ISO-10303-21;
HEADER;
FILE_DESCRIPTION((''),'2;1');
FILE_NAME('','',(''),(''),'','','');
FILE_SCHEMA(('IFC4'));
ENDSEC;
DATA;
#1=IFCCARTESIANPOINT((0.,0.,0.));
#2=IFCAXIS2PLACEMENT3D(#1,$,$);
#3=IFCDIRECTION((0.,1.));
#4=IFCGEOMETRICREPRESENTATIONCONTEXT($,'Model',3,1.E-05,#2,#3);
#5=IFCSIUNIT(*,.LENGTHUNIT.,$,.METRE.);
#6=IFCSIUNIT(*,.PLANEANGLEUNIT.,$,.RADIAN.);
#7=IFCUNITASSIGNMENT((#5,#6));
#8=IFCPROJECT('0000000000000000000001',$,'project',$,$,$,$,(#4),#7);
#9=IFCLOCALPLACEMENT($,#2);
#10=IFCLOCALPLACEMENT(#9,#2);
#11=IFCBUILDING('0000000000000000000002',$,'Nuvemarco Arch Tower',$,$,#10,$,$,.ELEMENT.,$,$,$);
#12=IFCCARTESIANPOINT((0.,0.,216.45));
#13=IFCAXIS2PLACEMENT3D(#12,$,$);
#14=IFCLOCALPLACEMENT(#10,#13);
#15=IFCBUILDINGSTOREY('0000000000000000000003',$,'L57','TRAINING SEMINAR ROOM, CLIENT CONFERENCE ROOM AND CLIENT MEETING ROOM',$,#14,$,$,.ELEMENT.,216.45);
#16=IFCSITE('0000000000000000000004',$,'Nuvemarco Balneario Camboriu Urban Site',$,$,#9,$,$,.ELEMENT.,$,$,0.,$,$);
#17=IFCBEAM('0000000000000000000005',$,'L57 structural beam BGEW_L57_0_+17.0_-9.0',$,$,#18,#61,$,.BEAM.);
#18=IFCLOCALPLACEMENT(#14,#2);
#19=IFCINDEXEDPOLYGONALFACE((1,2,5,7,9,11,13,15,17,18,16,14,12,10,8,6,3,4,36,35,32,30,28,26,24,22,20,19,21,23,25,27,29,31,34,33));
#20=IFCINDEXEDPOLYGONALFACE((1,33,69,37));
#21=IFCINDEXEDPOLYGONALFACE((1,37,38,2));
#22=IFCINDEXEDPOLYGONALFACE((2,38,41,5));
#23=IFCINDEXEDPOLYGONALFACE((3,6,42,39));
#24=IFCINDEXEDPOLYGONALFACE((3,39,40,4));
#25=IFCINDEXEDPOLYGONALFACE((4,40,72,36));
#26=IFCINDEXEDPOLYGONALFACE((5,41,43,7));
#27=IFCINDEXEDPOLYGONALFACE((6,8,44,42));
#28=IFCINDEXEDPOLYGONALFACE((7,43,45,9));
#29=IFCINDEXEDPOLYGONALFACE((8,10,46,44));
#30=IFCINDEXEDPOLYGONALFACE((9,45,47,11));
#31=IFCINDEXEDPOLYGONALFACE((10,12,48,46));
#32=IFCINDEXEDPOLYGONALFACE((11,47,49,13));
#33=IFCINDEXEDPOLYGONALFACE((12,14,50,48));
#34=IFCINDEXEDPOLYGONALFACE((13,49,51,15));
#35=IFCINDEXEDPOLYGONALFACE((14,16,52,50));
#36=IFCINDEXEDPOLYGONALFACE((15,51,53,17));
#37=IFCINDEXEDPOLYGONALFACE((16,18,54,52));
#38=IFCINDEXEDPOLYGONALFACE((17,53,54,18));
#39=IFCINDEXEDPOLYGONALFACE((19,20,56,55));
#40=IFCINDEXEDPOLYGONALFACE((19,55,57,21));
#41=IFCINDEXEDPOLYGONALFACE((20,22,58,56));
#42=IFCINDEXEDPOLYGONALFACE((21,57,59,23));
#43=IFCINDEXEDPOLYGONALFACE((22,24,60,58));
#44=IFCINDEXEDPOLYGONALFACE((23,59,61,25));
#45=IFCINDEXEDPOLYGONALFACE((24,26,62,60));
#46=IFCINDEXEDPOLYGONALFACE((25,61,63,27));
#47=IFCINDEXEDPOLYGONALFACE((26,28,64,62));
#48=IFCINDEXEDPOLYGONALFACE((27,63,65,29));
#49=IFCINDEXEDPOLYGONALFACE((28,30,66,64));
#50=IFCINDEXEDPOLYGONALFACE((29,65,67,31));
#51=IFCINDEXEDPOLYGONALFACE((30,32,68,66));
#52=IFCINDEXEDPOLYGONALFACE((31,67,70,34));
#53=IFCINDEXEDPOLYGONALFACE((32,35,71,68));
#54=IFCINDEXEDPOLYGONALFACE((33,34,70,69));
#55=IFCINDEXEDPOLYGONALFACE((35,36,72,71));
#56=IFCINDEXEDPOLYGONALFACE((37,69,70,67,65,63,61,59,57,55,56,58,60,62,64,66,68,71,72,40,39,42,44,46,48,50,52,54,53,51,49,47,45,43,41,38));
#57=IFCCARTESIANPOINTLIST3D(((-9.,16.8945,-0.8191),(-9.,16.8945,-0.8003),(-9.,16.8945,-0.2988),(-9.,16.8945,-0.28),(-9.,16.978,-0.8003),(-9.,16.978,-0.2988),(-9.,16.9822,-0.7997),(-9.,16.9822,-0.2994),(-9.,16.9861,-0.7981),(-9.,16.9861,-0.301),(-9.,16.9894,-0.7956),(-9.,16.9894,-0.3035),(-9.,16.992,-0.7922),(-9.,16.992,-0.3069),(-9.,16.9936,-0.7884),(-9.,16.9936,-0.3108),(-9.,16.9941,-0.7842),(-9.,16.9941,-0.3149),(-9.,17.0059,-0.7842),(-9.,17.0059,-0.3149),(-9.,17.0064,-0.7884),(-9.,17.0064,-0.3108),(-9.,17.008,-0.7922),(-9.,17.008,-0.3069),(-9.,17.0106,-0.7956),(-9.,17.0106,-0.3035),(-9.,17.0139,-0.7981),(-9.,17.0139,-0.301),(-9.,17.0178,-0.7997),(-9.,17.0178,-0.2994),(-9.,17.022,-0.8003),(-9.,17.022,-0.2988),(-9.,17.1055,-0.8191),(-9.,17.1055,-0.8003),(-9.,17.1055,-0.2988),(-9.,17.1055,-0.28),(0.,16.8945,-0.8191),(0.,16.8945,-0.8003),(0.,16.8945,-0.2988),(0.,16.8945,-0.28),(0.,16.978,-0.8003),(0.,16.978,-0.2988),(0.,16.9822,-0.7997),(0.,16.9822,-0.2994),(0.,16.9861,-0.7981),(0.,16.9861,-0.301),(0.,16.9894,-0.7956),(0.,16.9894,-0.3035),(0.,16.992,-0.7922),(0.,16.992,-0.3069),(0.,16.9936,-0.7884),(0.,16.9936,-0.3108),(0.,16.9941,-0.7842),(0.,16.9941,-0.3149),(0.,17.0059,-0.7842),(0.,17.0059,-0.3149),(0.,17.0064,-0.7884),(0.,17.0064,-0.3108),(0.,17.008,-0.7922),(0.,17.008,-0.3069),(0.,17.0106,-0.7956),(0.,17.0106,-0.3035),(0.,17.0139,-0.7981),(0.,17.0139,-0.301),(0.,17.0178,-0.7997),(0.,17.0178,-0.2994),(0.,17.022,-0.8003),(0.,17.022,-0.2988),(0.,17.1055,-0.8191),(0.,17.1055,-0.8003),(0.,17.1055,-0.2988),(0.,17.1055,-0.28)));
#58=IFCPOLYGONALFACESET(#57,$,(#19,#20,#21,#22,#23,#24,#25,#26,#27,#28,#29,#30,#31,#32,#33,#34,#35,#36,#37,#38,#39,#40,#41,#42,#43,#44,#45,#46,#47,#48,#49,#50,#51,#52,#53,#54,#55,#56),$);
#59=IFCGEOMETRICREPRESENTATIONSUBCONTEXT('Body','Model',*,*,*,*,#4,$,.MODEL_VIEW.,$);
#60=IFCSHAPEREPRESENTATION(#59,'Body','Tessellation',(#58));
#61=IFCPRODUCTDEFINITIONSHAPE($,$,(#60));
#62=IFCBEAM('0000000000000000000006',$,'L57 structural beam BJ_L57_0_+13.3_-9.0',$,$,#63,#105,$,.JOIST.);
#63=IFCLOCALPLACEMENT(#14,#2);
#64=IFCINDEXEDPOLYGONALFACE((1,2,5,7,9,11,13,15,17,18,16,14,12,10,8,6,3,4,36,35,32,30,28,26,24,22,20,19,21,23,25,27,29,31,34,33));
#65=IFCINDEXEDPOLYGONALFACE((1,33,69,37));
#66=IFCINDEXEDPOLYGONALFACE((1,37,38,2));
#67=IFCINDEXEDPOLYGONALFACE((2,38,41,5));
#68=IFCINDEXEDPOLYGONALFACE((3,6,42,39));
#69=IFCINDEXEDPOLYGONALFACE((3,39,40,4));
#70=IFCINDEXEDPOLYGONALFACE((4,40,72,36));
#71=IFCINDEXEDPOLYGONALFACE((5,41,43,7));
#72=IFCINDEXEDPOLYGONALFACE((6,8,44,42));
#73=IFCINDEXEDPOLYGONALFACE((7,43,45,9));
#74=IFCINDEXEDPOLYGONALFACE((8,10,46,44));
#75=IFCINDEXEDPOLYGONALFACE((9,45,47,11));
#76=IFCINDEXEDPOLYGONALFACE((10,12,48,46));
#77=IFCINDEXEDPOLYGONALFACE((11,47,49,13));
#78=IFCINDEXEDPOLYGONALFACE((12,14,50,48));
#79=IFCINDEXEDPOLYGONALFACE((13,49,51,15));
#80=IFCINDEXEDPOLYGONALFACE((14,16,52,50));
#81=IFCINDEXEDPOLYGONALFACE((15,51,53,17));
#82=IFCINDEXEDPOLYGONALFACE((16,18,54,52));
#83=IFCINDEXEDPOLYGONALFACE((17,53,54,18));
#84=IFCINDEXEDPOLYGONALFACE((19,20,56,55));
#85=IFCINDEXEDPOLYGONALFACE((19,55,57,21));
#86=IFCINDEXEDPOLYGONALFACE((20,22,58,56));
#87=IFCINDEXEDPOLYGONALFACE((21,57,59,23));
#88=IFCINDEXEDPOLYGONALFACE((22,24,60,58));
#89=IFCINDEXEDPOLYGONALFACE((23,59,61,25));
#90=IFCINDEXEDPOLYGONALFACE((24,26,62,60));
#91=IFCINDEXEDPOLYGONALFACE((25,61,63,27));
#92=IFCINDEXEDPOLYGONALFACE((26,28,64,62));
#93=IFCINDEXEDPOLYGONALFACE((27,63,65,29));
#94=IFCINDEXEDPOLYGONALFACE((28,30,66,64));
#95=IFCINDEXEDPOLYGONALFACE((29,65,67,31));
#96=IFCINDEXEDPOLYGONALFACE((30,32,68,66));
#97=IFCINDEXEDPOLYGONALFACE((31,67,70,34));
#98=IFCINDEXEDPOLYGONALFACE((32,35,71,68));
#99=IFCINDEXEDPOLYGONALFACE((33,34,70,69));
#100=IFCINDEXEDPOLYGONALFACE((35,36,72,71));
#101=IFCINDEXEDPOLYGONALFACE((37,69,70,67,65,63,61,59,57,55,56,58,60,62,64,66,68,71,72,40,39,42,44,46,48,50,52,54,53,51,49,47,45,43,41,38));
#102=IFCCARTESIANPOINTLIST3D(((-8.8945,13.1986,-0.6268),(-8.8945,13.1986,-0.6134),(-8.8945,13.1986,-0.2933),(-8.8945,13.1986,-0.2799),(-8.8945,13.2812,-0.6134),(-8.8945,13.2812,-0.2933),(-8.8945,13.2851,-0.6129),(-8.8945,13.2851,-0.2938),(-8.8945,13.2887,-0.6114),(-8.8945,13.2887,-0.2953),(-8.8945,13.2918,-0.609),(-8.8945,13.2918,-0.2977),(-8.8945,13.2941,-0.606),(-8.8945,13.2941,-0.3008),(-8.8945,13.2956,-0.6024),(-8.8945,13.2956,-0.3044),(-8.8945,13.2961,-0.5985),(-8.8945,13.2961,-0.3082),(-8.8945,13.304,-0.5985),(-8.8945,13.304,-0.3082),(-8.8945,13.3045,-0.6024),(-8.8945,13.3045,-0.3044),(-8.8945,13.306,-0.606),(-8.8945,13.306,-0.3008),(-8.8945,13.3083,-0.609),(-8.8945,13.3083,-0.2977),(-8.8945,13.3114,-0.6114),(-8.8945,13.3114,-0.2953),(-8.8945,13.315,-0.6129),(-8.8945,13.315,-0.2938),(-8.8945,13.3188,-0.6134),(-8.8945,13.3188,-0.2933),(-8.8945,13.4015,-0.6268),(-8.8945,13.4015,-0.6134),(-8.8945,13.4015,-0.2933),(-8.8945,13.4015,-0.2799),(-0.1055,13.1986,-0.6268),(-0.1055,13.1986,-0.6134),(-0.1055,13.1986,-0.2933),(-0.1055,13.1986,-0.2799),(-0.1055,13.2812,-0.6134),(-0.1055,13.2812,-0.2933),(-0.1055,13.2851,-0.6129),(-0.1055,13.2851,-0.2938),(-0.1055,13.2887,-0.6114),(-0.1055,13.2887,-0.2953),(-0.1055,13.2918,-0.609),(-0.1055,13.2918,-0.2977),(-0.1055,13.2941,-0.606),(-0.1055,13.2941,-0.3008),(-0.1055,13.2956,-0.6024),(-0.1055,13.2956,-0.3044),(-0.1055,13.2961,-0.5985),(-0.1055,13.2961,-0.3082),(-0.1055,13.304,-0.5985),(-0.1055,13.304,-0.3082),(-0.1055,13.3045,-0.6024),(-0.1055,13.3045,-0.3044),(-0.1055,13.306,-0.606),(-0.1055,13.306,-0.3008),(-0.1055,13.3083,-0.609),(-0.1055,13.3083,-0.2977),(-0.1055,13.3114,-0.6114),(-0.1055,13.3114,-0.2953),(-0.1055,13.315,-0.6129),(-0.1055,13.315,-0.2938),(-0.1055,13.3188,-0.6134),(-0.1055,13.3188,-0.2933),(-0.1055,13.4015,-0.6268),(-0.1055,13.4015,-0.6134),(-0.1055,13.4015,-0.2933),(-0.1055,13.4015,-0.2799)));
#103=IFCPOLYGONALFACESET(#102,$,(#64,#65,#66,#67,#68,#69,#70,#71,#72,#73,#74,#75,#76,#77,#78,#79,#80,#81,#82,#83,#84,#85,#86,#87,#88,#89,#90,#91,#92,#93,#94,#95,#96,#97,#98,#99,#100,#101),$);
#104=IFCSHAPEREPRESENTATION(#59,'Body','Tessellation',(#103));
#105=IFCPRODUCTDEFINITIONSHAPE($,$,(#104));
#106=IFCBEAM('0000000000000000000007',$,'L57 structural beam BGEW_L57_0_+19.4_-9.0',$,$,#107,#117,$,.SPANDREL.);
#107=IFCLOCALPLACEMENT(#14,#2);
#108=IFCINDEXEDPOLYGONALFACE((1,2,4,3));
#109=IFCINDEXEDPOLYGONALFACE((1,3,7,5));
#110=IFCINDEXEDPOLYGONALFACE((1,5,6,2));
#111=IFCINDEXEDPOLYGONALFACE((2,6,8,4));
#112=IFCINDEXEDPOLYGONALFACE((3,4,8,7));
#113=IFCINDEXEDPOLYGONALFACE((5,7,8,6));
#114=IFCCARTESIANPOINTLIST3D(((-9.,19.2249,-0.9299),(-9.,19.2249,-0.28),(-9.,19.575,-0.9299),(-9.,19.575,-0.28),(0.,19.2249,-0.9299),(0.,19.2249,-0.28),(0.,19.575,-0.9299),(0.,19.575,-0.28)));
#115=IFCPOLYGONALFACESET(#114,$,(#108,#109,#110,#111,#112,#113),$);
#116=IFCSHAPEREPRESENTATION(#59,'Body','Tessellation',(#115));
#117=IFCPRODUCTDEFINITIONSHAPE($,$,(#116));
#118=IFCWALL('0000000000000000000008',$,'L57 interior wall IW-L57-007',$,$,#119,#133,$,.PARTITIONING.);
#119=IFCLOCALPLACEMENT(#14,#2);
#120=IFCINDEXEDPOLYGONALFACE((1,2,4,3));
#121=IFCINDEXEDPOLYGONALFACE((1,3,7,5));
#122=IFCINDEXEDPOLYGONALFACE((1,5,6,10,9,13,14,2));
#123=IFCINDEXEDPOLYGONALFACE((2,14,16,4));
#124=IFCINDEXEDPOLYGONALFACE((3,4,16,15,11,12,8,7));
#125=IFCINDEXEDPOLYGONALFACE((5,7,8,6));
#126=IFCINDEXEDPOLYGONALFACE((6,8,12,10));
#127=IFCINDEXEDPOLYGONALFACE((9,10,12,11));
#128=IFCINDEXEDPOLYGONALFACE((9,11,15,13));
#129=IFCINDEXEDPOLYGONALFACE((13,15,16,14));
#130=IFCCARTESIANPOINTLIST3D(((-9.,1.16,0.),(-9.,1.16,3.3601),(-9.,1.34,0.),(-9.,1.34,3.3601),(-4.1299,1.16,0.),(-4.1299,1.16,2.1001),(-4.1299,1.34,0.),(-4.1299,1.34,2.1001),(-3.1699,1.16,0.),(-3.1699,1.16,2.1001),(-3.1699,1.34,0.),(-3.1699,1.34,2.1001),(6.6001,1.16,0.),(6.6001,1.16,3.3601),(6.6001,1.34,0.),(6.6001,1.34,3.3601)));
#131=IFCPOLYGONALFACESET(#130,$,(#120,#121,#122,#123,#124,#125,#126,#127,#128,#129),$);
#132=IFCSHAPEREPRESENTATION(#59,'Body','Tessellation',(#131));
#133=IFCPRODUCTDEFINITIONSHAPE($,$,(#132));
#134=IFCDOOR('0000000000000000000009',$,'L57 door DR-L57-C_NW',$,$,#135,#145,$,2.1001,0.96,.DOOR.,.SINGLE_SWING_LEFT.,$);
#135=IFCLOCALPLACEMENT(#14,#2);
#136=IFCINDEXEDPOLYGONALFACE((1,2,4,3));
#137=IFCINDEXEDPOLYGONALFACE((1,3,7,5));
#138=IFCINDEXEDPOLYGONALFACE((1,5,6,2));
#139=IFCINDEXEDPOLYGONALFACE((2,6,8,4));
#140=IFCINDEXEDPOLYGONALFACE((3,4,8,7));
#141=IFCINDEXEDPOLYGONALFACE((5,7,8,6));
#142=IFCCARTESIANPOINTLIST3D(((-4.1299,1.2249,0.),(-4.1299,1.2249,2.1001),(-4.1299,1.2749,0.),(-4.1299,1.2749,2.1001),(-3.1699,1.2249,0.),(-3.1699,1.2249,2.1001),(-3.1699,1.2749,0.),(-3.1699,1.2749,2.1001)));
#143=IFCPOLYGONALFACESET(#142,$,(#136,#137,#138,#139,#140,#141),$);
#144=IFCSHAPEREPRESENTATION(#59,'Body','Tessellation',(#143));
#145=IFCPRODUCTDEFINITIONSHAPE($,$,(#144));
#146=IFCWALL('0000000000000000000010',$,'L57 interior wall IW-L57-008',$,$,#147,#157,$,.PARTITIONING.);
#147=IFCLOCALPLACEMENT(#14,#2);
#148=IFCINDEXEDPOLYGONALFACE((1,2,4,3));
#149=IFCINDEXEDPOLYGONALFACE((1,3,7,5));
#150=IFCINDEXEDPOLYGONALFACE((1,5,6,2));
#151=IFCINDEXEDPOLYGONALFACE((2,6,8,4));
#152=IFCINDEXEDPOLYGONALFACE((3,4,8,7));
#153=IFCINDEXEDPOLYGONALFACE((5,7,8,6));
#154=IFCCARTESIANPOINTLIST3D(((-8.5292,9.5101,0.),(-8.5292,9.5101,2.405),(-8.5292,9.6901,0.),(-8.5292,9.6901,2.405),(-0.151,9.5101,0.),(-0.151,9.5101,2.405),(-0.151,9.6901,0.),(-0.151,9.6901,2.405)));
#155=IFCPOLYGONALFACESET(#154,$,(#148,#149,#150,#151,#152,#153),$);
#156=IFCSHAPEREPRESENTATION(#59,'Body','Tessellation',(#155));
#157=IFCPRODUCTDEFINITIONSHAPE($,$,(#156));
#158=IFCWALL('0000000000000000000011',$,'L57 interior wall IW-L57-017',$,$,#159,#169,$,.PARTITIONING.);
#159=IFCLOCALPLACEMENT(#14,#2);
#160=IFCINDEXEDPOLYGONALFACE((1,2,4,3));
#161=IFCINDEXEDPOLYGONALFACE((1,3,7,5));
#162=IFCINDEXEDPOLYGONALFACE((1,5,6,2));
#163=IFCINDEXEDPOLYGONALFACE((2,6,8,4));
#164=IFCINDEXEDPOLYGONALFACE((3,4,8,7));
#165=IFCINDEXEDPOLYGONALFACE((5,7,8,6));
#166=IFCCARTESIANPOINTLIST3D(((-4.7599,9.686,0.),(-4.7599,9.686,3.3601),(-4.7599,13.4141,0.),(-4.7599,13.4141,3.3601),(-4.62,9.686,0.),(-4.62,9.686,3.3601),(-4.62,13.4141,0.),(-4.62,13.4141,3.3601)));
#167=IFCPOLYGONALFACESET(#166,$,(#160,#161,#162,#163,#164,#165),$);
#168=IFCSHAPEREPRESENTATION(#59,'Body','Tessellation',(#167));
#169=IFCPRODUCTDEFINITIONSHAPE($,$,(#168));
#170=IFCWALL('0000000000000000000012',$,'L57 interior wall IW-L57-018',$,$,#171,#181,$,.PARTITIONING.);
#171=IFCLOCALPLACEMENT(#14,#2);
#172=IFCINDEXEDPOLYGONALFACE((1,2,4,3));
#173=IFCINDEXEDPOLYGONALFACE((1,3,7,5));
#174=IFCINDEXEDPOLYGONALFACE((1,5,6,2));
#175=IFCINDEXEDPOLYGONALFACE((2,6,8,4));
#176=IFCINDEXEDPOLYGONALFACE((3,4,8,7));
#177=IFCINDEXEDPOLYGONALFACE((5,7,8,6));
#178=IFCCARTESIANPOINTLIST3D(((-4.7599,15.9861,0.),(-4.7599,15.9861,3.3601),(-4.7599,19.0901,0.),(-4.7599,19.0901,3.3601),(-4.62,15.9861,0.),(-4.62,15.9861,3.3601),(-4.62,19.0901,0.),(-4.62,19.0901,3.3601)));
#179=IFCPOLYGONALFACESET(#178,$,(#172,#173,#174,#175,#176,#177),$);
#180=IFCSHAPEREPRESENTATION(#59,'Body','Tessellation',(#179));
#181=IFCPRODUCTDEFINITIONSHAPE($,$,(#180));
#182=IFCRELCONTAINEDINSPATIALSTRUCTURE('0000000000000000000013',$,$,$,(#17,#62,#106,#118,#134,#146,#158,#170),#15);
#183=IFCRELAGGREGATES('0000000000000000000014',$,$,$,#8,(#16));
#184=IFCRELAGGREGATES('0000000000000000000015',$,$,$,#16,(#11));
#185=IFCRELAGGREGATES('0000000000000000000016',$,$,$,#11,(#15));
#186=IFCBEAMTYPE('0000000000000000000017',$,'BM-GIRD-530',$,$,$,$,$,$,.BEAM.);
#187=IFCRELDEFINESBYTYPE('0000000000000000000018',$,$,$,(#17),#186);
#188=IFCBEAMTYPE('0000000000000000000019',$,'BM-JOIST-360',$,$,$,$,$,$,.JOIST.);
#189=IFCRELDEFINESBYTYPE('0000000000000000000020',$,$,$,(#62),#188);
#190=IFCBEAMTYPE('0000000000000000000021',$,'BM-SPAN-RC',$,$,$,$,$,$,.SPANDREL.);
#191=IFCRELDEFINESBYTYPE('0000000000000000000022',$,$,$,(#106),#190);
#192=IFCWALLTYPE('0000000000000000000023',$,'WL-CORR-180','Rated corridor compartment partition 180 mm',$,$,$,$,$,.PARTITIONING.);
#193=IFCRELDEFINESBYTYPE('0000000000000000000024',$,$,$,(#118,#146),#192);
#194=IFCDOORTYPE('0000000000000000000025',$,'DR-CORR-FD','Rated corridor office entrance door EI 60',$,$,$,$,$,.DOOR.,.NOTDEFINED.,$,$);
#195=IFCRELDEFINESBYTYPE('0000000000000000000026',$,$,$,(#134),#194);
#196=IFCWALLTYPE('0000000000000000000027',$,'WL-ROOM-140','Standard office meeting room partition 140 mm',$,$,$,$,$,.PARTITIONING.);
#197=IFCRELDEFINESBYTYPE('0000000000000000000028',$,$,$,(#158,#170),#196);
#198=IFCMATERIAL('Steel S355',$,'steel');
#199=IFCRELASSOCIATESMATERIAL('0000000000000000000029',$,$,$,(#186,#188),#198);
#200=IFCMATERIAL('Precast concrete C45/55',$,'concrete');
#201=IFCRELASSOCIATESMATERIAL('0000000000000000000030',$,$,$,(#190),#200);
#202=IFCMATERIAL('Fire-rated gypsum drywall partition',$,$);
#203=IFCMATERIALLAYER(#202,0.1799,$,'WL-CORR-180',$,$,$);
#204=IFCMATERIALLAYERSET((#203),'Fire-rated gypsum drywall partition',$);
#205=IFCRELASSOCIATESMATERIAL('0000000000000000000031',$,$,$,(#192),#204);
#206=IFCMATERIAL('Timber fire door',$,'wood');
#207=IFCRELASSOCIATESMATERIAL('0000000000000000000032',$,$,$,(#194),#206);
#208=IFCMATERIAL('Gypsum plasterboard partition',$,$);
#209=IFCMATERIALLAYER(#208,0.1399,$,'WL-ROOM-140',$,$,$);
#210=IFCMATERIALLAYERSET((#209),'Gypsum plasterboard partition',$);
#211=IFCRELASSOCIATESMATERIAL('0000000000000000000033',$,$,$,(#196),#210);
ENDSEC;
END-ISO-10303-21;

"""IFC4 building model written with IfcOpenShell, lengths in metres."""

from ifc_helpers import new_model, si_unit, direction, frame, frame_2d, origin, origin_2d, place, context, subcontext, project, spatial, rectangle, i_section, extrude, source, transform, mapped, material, layer, layer_set, material_profile, profile_set, type_object, type_shapes, element, fill, save


model = new_model("IFC4")

# Units and contexts
model_context = context("Model", 3, precision=1e-05, world=origin(), true_north=direction((0.0, 1.0)))
body_context = subcontext(model_context, "Body", "Model", "MODEL_VIEW")
ifc_project = project(units=[si_unit("LENGTHUNIT", "METRE"), si_unit("PLANEANGLEUNIT", "RADIAN")], contexts=[model_context])

# Site, building, storey
site_placement = place(None, origin())
site = spatial("IfcSite", under=ifc_project, at=site_placement, Name="Nuvemarco Balneario Camboriu Urban Site", CompositionType="ELEMENT", RefElevation=0.0)
building_placement = place(site_placement, origin())
building = spatial("IfcBuilding", under=site, at=building_placement, Name="Nuvemarco Arch Tower", CompositionType="ELEMENT")
storey_placement = place(building_placement, frame((0.0, 0.0, 216.45)))
storey = spatial("IfcBuildingStorey", under=building, at=storey_placement, Name="L57", Description="TRAINING SEMINAR ROOM, CLIENT CONFERENCE ROOM AND CLIENT MEETING ROOM", CompositionType="ELEMENT", Elevation=216.45)

# Shared definitions
ifc_material_1 = material(Name="Steel S355", Category="steel")

# Beams
ifc_material_profile_1 = material_profile(ifc_material_1, i_section(OverallWidth=0.2109, OverallDepth=0.5391, WebThickness=0.0117, FlangeThickness=0.0188, FilletRadius=0.0161, at=origin_2d()), Name="W530x109")
ifc_profile_set_1 = profile_set([ifc_material_profile_1], Name="Steel S355")
beam_type_1 = type_object("IfcBeamType", Name="BM-GIRD-530", PredefinedType="BEAM", material=ifc_profile_set_1)
beam_1_placement = place(storey_placement, frame((-9.0, 17.0, -0.5496), z_axis=(1.0, 0.0, 0.0), x_axis=(0.0, 1.0, 0.0)))
element("IfcBeam", 1, at=beam_1_placement, inside=storey, type_object=beam_type_1, Name="L57 structural beam BGEW_L57_0_+17.0_-9.0", PredefinedType="BEAM", context=body_context, shape_type="SweptSolid", body=[
    extrude(i_section(OverallWidth=0.2109, OverallDepth=0.5391, WebThickness=0.0117, FlangeThickness=0.0188, FilletRadius=0.0161, at=origin_2d()), origin(), (0.0, 0.0, 1.0), 9.0),
])
ifc_material_profile_2 = material_profile(ifc_material_1, i_section(OverallWidth=0.2029, OverallDepth=0.3469, WebThickness=0.0078, FlangeThickness=0.0134, FilletRadius=0.0149, at=origin_2d()), Name="W360x64")
ifc_profile_set_2 = profile_set([ifc_material_profile_2], Name="Steel S355")
beam_type_2 = type_object("IfcBeamType", Name="BM-JOIST-360", PredefinedType="JOIST", material=ifc_profile_set_2)
beam_2_placement = place(storey_placement, frame((-8.8945, 13.3, -0.4534), z_axis=(1.0, 0.0, 0.0), x_axis=(0.0, 1.0, 0.0)))
element("IfcBeam", 2, at=beam_2_placement, inside=storey, type_object=beam_type_2, Name="L57 structural beam BJ_L57_0_+13.3_-9.0", PredefinedType="JOIST", context=body_context, shape_type="SweptSolid", body=[
    extrude(i_section(OverallWidth=0.2029, OverallDepth=0.3469, WebThickness=0.0078, FlangeThickness=0.0134, FilletRadius=0.0149, at=origin_2d()), origin(), (0.0, 0.0, 1.0), 8.7891),
])
ifc_material_2 = material(Name="Precast concrete C45/55", Category="concrete")
ifc_material_profile_3 = material_profile(ifc_material_2, rectangle(XDim=0.3501, YDim=0.6499, at=origin_2d()), Name="PC-SP-350x650")
ifc_profile_set_3 = profile_set([ifc_material_profile_3], Name="Precast concrete C45/55")
beam_type_3 = type_object("IfcBeamType", Name="BM-SPAN-RC", PredefinedType="SPANDREL", material=ifc_profile_set_3)
beam_3_placement = place(storey_placement, frame((-9.0, 19.3999, -0.605), z_axis=(1.0, 0.0, 0.0), x_axis=(0.0, 1.0, 0.0)))
element("IfcBeam", 3, at=beam_3_placement, inside=storey, type_object=beam_type_3, Name="L57 structural beam BGEW_L57_0_+19.4_-9.0", PredefinedType="SPANDREL", context=body_context, shape_type="SweptSolid", body=[
    extrude(rectangle(XDim=0.3501, YDim=0.6499, at=origin_2d()), origin(), (0.0, 0.0, 1.0), 9.0),
])

# Wall, opening, door
ifc_material_3 = material(Name="Fire-rated gypsum drywall partition")
ifc_layer_1 = layer(ifc_material_3, 0.1799, Name="WL-CORR-180")
ifc_layer_set_1 = layer_set([ifc_layer_1], Name="Fire-rated gypsum drywall partition")
wall_type_1 = type_object("IfcWallType", Name="WL-CORR-180", Description="Rated corridor compartment partition 180 mm", PredefinedType="PARTITIONING", material=ifc_layer_set_1)
wall_1_placement = place(storey_placement, frame((-9.0, 1.25, 0.0), z_axis=(0.0, 0.0, 1.0), x_axis=(1.0, 0.0, 0.0)))
wall_1 = element("IfcWall", 4, at=wall_1_placement, inside=storey, type_object=wall_type_1, Name="L57 interior wall IW-L57-007", PredefinedType="PARTITIONING", context=body_context, shape_type="SweptSolid", body=[
    extrude(rectangle(XDim=15.6001, YDim=0.1799, at=frame_2d((7.8, 0.0))), origin(), (0.0, 0.0, 1.0), 3.3601),
])
opening_1_placement = place(wall_1_placement, frame((4.8701, 0.0, 0.0)))
opening_1 = element("IfcOpeningElement", 5, at=opening_1_placement, cuts=wall_1, PredefinedType="OPENING", context=body_context, shape_type="SweptSolid", body=[
    extrude(rectangle(XDim=0.96, YDim=2.1001, at=frame_2d((0.48, 1.05))), frame((0.0, 0.0999, 0.0), z_axis=(0.0, -1.0, 0.0), x_axis=(1.0, 0.0, 0.0)), (0.0, 0.0, 1.0), 0.2),
])
ifc_material_4 = material(Name="Timber fire door", Category="wood")
door_type_1 = type_object("IfcDoorType", Name="DR-CORR-FD", Description="Rated corridor office entrance door EI 60", OperationType="NOTDEFINED", PredefinedType="DOOR", material=ifc_material_4)
shared_shape_1 = source(origin(), body_context, "Body", "SweptSolid", [
    extrude(rectangle(XDim=0.96, YDim=2.1001, at=frame_2d((0.48, 1.05))), frame((0.0, 0.0249, 0.0), z_axis=(0.0, -1.0, 0.0), x_axis=(1.0, 0.0, 0.0)), (0.0, 0.0, 1.0), 0.05),
])
type_shapes(door_type_1, [shared_shape_1])
door_1_placement = place(opening_1_placement, origin())
door_1 = element("IfcDoor", 6, at=door_1_placement, inside=storey, type_object=door_type_1, Name="L57 door DR-L57-C_NW", OperationType="SINGLE_SWING_LEFT", OverallHeight=2.1001, OverallWidth=0.96, PredefinedType="DOOR", context=body_context, shape_type="MappedRepresentation", body=[
    mapped(shared_shape_1, transform((0.0, 0.0, 0.0), scale=1.0)),
])
fill(opening_1, door_1)

# Walls
wall_2_placement = place(storey_placement, frame((-8.5291, 9.6001, 0.0), z_axis=(0.0, 0.0, 1.0), x_axis=(1.0, 0.0, 0.0)))
element("IfcWall", 7, at=wall_2_placement, inside=storey, type_object=wall_type_1, Name="L57 interior wall IW-L57-008", PredefinedType="PARTITIONING", context=body_context, shape_type="SweptSolid", body=[
    extrude(rectangle(XDim=8.3782, YDim=0.1799, at=frame_2d((4.189, 0.0))), origin(), (0.0, 0.0, 1.0), 2.405),
])
ifc_material_5 = material(Name="Gypsum plasterboard partition")
ifc_layer_2 = layer(ifc_material_5, 0.1399, Name="WL-ROOM-140")
ifc_layer_set_2 = layer_set([ifc_layer_2], Name="Gypsum plasterboard partition")
wall_type_2 = type_object("IfcWallType", Name="WL-ROOM-140", Description="Standard office meeting room partition 140 mm", PredefinedType="PARTITIONING", material=ifc_layer_set_2)
wall_3_placement = place(storey_placement, frame((-4.6899, 9.686, 0.0), z_axis=(0.0, 0.0, 1.0), x_axis=(0.0, 1.0, 0.0)))
element("IfcWall", 8, at=wall_3_placement, inside=storey, type_object=wall_type_2, Name="L57 interior wall IW-L57-017", PredefinedType="PARTITIONING", context=body_context, shape_type="SweptSolid", body=[
    extrude(rectangle(XDim=3.728, YDim=0.1399, at=frame_2d((1.864, 0.0))), origin(), (0.0, 0.0, 1.0), 3.3601),
])
wall_4_placement = place(storey_placement, frame((-4.6899, 15.9861, 0.0), z_axis=(0.0, 0.0, 1.0), x_axis=(0.0, 1.0, 0.0)))
element("IfcWall", 9, at=wall_4_placement, inside=storey, type_object=wall_type_2, Name="L57 interior wall IW-L57-018", PredefinedType="PARTITIONING", context=body_context, shape_type="SweptSolid", body=[
    extrude(rectangle(XDim=3.104, YDim=0.1399, at=frame_2d((1.552, 0.0))), origin(), (0.0, 0.0, 1.0), 3.3601),
])

save(model, "model.ifc")
